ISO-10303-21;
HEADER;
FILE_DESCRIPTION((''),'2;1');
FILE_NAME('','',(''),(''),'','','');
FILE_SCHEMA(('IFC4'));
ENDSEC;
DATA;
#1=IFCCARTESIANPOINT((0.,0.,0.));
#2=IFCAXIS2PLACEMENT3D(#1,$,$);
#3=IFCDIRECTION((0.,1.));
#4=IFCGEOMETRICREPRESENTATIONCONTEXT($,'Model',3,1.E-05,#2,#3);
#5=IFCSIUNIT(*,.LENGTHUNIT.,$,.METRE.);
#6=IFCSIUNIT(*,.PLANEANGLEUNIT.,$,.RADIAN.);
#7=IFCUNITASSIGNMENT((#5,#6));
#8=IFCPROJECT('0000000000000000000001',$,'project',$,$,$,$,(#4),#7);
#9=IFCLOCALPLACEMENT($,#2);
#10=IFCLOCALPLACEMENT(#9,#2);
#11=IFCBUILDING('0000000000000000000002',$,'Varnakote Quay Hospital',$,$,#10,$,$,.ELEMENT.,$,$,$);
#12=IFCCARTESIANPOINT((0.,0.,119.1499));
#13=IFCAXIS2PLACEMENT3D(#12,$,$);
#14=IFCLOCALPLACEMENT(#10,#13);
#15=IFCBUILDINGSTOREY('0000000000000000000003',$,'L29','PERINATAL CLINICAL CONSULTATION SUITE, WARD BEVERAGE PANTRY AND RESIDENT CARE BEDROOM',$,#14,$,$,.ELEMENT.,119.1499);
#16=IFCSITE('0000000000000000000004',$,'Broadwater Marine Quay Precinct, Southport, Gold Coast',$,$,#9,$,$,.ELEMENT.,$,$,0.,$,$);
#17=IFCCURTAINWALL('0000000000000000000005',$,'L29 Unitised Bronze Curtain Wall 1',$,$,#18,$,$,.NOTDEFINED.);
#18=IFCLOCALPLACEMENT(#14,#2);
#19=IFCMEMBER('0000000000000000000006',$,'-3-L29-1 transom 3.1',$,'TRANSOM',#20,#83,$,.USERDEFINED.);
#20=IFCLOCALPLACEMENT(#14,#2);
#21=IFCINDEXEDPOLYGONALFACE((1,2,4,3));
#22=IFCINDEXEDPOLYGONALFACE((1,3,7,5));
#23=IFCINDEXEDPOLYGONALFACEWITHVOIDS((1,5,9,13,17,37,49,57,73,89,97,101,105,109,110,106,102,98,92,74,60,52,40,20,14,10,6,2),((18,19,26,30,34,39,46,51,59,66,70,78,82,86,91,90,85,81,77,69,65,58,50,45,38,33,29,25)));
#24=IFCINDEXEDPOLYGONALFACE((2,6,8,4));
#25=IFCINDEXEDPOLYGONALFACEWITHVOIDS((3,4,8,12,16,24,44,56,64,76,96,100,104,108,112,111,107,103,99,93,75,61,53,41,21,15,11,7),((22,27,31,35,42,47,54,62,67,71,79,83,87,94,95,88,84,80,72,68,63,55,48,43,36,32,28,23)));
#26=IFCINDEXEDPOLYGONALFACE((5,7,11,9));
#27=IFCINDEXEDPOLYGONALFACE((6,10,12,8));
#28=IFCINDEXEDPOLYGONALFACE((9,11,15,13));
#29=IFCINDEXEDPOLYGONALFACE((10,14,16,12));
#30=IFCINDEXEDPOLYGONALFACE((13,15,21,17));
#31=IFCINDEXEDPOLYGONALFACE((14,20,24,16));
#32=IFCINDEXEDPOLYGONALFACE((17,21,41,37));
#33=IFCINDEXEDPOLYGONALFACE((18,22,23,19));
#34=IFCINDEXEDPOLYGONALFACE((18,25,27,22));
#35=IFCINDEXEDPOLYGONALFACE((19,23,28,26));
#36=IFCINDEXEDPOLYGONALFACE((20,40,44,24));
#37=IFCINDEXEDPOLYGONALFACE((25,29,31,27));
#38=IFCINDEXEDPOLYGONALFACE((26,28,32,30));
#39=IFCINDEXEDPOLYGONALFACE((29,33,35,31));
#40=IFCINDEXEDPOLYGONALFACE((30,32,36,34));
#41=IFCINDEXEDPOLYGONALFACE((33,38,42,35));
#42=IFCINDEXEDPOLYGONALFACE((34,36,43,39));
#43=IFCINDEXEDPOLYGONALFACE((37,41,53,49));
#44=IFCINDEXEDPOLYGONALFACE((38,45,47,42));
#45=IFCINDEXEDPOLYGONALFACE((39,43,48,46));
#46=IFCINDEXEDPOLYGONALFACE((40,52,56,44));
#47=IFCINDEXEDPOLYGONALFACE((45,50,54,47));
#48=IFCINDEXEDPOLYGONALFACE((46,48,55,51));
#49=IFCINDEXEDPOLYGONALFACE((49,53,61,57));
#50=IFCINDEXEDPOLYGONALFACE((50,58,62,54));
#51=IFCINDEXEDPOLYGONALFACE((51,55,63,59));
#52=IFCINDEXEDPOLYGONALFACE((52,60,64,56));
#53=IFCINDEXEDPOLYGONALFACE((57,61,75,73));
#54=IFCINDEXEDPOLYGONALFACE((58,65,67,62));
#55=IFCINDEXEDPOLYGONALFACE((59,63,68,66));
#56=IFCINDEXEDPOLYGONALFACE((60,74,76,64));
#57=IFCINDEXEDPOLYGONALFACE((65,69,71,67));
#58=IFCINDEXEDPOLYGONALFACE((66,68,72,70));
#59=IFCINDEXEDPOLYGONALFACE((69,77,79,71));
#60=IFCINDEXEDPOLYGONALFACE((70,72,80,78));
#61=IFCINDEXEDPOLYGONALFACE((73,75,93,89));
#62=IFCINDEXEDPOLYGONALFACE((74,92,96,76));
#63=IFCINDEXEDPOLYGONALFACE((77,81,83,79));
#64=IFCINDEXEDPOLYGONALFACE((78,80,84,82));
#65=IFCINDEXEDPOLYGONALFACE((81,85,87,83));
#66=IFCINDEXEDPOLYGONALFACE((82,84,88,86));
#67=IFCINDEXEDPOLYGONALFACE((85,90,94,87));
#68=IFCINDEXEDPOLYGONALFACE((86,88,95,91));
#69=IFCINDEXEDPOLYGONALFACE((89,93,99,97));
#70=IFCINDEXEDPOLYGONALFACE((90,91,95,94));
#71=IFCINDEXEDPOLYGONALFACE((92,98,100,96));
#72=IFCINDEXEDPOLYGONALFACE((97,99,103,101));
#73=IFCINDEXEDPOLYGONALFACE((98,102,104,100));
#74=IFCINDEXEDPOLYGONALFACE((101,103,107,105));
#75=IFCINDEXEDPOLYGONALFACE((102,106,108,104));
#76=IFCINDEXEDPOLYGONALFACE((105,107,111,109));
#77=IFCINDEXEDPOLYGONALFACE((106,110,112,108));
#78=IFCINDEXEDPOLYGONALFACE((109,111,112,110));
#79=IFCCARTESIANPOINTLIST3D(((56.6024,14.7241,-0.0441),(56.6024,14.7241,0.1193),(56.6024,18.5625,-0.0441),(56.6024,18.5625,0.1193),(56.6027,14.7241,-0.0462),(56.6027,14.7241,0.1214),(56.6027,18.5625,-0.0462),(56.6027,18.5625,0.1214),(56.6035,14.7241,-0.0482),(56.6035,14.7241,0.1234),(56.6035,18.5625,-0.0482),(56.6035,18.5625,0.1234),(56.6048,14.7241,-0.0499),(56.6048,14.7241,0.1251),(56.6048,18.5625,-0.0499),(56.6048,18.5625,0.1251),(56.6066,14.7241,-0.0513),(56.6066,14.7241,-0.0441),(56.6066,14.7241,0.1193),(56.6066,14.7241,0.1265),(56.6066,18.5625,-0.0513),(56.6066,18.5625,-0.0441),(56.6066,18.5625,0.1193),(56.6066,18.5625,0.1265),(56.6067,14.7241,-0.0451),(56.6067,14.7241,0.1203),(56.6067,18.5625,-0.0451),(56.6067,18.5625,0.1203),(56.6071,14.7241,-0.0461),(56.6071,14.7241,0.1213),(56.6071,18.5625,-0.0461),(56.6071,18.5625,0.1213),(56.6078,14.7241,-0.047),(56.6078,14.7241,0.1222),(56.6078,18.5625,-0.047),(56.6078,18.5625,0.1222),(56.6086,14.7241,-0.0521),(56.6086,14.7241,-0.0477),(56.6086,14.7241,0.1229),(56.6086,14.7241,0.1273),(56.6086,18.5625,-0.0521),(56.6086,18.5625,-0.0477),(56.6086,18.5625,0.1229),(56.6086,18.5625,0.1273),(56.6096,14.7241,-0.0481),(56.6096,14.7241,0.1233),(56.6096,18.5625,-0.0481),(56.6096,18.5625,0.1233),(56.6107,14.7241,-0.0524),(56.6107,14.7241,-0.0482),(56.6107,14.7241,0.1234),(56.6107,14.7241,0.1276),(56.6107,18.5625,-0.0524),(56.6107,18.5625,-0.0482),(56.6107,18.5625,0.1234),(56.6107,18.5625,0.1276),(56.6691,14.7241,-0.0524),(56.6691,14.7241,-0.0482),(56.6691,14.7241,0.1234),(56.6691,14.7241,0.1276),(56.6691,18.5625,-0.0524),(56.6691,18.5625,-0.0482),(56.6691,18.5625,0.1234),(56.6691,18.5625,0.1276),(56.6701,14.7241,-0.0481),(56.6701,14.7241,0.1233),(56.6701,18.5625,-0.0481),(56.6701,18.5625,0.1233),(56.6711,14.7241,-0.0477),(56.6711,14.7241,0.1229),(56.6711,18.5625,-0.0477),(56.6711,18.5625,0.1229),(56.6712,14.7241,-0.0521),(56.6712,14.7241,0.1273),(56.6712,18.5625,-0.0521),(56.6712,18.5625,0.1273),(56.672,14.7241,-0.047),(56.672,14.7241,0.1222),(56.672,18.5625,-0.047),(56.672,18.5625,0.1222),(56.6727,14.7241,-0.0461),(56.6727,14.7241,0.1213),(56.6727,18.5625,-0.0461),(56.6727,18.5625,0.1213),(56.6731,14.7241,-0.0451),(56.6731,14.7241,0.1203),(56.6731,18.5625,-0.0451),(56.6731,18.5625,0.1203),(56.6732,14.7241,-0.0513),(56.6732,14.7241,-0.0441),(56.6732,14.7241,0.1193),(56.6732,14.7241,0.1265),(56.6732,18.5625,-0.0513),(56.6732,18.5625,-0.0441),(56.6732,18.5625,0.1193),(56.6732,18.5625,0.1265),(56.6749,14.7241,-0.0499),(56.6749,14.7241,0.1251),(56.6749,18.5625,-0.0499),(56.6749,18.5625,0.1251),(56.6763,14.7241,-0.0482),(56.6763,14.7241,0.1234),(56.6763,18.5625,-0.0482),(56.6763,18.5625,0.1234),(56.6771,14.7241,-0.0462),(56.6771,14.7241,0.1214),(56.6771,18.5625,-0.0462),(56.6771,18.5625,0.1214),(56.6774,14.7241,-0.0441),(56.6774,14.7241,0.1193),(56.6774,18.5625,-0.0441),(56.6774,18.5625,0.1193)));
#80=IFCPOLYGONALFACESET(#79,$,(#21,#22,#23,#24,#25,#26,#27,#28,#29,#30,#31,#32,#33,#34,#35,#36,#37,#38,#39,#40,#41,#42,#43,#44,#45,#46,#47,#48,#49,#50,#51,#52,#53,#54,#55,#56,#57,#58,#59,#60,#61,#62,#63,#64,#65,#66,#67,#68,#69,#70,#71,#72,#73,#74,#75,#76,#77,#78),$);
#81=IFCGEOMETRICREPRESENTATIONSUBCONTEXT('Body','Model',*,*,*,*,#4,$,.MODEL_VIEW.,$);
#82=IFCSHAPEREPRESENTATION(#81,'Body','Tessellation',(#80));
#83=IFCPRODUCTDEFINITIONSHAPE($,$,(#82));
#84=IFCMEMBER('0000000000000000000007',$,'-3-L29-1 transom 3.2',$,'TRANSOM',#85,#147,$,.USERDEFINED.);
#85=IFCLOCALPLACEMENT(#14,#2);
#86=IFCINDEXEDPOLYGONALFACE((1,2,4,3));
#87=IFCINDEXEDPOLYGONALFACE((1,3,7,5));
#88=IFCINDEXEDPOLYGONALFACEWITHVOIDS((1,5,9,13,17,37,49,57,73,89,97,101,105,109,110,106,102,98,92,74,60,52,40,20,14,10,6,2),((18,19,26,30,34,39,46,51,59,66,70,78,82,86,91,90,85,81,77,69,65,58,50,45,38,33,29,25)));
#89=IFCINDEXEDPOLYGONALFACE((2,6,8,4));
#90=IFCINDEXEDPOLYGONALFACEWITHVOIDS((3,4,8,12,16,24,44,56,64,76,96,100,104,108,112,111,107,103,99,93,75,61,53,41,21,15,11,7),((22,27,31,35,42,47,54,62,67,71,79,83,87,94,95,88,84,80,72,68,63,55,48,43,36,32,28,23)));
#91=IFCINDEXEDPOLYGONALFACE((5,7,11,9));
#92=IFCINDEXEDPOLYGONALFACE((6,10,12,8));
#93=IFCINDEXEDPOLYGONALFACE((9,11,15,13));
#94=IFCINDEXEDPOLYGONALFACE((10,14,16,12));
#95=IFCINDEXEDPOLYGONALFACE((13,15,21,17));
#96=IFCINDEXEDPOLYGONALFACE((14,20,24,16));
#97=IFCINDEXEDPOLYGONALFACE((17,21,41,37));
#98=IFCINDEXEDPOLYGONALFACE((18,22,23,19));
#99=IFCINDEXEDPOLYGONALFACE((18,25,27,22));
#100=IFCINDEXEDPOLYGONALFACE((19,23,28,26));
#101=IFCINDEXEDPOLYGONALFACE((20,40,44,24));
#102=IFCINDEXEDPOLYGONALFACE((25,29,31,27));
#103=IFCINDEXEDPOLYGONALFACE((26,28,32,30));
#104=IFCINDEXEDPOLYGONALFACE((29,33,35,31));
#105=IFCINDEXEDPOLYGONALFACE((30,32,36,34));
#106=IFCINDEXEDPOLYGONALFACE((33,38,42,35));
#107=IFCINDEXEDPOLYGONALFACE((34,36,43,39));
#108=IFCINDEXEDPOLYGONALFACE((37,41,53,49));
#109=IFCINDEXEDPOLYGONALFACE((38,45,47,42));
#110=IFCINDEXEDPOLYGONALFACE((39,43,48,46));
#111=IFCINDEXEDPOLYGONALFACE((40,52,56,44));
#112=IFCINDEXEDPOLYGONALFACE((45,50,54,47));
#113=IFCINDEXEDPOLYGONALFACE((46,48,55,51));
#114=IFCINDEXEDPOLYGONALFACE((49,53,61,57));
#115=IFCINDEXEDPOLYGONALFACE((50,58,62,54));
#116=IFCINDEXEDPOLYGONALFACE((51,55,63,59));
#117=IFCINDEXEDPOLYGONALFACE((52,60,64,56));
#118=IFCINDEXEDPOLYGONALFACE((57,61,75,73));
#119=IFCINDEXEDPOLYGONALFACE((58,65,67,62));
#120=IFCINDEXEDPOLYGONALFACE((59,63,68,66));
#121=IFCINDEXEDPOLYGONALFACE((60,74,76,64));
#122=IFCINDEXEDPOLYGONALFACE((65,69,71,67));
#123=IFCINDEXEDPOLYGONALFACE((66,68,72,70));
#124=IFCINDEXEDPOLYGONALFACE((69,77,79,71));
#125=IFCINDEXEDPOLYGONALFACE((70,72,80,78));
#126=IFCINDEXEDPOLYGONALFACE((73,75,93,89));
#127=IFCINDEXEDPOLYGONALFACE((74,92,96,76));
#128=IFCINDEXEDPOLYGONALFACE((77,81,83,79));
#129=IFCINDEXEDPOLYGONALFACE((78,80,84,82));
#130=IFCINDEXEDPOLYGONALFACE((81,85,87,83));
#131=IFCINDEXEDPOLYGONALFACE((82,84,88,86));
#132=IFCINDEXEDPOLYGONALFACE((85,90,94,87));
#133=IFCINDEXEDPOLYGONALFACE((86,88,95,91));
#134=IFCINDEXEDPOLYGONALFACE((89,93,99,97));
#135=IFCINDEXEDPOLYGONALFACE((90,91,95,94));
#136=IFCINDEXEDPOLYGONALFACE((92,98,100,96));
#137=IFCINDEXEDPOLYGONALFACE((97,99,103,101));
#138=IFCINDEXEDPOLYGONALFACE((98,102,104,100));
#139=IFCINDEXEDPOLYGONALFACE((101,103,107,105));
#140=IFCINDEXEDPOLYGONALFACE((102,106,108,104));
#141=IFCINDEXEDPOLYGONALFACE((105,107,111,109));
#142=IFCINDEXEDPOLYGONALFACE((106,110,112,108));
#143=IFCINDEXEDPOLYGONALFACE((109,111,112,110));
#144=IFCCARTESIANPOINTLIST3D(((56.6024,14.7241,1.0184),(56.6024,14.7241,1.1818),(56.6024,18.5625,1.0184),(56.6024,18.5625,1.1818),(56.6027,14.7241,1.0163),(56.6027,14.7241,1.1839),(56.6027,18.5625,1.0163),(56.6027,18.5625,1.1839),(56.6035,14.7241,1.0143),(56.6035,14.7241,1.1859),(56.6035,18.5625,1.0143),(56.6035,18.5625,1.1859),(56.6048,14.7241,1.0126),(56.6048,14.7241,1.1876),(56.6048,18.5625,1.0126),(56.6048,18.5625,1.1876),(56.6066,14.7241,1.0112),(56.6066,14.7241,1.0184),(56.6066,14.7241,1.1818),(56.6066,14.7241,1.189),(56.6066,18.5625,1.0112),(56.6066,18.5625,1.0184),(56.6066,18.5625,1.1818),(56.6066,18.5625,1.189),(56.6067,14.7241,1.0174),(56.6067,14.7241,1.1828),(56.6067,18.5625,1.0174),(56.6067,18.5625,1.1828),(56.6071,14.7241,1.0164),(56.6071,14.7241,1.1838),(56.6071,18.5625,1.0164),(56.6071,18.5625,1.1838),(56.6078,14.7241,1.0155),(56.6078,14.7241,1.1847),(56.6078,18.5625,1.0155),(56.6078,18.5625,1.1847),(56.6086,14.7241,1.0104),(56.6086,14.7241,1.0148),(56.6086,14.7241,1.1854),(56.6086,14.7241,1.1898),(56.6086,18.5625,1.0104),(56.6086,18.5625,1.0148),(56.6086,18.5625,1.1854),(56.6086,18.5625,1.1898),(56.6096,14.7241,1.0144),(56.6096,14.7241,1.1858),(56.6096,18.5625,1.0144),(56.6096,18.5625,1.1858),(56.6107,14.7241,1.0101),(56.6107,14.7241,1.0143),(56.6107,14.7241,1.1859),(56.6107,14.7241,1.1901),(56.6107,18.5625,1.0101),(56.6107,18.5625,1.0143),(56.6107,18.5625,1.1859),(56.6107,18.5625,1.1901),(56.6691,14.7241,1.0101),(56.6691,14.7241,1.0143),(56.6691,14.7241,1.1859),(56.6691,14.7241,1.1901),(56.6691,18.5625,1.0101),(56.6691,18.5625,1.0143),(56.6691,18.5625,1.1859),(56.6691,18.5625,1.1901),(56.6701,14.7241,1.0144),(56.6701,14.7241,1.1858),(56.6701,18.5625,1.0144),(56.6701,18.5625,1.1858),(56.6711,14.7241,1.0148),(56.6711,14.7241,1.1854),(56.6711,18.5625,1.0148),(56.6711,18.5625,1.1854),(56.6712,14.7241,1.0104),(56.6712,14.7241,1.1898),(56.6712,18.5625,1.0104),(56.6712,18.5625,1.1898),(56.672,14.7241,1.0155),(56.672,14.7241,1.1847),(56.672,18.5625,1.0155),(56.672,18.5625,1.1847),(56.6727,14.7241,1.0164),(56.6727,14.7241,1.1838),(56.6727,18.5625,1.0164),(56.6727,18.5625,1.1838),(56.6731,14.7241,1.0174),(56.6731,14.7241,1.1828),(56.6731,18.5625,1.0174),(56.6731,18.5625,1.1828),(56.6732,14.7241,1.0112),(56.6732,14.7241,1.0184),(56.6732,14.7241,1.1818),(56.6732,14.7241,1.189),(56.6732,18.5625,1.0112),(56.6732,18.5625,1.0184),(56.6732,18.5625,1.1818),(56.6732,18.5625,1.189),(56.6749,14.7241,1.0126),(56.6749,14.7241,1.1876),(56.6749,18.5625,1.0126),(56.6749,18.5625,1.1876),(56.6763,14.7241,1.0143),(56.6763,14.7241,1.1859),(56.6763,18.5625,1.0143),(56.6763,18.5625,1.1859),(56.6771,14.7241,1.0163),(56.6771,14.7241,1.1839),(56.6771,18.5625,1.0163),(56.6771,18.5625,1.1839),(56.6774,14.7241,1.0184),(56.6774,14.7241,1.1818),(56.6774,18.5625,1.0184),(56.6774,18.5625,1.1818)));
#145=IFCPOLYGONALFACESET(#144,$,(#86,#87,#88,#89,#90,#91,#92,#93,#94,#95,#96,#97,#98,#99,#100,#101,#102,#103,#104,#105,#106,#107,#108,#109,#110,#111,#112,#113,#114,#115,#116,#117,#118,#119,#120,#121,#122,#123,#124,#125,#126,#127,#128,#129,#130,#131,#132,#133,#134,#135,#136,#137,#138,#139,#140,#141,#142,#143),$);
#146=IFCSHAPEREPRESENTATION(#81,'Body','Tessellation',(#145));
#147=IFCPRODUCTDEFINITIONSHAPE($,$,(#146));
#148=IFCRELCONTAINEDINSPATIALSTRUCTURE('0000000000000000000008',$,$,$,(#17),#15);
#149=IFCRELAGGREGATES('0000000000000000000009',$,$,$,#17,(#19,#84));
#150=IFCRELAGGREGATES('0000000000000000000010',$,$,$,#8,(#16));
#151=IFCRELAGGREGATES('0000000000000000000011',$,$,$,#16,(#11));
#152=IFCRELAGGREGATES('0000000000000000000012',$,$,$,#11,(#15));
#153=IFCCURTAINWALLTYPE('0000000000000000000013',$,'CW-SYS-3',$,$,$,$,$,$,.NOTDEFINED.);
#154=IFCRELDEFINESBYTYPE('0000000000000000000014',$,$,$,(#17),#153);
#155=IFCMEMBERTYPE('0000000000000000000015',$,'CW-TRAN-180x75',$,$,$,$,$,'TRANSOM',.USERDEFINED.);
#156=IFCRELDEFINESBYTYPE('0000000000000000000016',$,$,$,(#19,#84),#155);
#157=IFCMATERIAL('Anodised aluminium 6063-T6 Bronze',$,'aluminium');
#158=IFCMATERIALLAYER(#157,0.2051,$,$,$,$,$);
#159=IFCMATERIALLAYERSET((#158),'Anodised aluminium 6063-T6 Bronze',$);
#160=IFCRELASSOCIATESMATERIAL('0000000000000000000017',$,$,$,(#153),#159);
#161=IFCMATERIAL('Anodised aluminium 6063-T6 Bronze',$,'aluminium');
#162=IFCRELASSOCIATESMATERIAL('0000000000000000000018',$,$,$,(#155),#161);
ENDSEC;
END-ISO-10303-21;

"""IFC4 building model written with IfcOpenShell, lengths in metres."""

from ifc_helpers import new_model, si_unit, direction, frame, origin, origin_2d, place, context, subcontext, project, spatial, hollow_rectangle, extrude, material, layer, layer_set, material_profile, profile_set, type_object, element, aggregate, save


model = new_model("IFC4")

# Units and contexts
model_context = context("Model", 3, precision=1e-05, world=origin(), true_north=direction((0.0, 1.0)))
body_context = subcontext(model_context, "Body", "Model", "MODEL_VIEW")
ifc_project = project(units=[si_unit("LENGTHUNIT", "METRE"), si_unit("PLANEANGLEUNIT", "RADIAN")], contexts=[model_context])

# Site, building, storey
site_placement = place(None, origin())
site = spatial("IfcSite", under=ifc_project, at=site_placement, Name="Broadwater Marine Quay Precinct, Southport, Gold Coast", CompositionType="ELEMENT", RefElevation=0.0)
building_placement = place(site_placement, origin())
building = spatial("IfcBuilding", under=site, at=building_placement, Name="Varnakote Quay Hospital", CompositionType="ELEMENT")
storey_placement = place(building_placement, frame((0.0, 0.0, 119.1499)))
storey = spatial("IfcBuildingStorey", under=building, at=storey_placement, Name="L29", Description="PERINATAL CLINICAL CONSULTATION SUITE, WARD BEVERAGE PANTRY AND RESIDENT CARE BEDROOM", CompositionType="ELEMENT", Elevation=119.1499)

# Curtain wall, members
ifc_material_1 = material(Name="Anodised aluminium 6063-T6 Bronze", Category="aluminium")
ifc_layer_1 = layer(ifc_material_1, 0.2051)
ifc_layer_set_1 = layer_set([ifc_layer_1], Name="Anodised aluminium 6063-T6 Bronze")
curtain_wall_type = type_object("IfcCurtainWallType", Name="CW-SYS-3", PredefinedType="NOTDEFINED", material=ifc_layer_set_1)
curtain_wall_placement = place(storey_placement, origin())
curtain_wall = element("IfcCurtainWall", 1, at=curtain_wall_placement, inside=storey, type_object=curtain_wall_type, Name="L29 Unitised Bronze Curtain Wall 1", PredefinedType="NOTDEFINED")
ifc_material_2 = material(Name="Anodised aluminium 6063-T6 Bronze", Category="aluminium")
ifc_material_profile_1 = material_profile(ifc_material_2, hollow_rectangle(XDim=0.075, YDim=0.1799, WallThickness=0.0042, InnerFilletRadius=0.0042, OuterFilletRadius=0.0083, at=origin_2d()), Name="CW-TRAN-180x75")
ifc_profile_set_1 = profile_set([ifc_material_profile_1], Name="Anodised aluminium 6063-T6 Bronze")
member_type_1 = type_object("IfcMemberType", Name="CW-TRAN-180x75", ElementType="TRANSOM", PredefinedType="USERDEFINED", material=ifc_profile_set_1)
member_1_placement = place(storey_placement, frame((56.6399, 14.7241, 0.0376), z_axis=(0.0, 1.0, 0.0), x_axis=(-1.0, 0.0, 0.0)))
member_1 = element("IfcMember", 2, at=member_1_placement, type_object=member_type_1, Name="-3-L29-1 transom 3.1", ObjectType="TRANSOM", PredefinedType="USERDEFINED", context=body_context, shape_type="SweptSolid", body=[
    extrude(hollow_rectangle(XDim=0.075, YDim=0.1799, WallThickness=0.0042, InnerFilletRadius=0.0042, OuterFilletRadius=0.0083, at=origin_2d()), origin(), (0.0, 0.0, 1.0), 3.8384),
])
member_2_placement = place(storey_placement, frame((56.6399, 14.7241, 1.1001), z_axis=(0.0, 1.0, 0.0), x_axis=(-1.0, 0.0, 0.0)))
member_2 = element("IfcMember", 3, at=member_2_placement, type_object=member_type_1, Name="-3-L29-1 transom 3.2", ObjectType="TRANSOM", PredefinedType="USERDEFINED", context=body_context, shape_type="SweptSolid", body=[
    extrude(hollow_rectangle(XDim=0.075, YDim=0.1799, WallThickness=0.0042, InnerFilletRadius=0.0042, OuterFilletRadius=0.0083, at=origin_2d()), origin(), (0.0, 0.0, 1.0), 3.8384),
])
aggregate(curtain_wall, [member_1, member_2])

save(model, "model.ifc")
